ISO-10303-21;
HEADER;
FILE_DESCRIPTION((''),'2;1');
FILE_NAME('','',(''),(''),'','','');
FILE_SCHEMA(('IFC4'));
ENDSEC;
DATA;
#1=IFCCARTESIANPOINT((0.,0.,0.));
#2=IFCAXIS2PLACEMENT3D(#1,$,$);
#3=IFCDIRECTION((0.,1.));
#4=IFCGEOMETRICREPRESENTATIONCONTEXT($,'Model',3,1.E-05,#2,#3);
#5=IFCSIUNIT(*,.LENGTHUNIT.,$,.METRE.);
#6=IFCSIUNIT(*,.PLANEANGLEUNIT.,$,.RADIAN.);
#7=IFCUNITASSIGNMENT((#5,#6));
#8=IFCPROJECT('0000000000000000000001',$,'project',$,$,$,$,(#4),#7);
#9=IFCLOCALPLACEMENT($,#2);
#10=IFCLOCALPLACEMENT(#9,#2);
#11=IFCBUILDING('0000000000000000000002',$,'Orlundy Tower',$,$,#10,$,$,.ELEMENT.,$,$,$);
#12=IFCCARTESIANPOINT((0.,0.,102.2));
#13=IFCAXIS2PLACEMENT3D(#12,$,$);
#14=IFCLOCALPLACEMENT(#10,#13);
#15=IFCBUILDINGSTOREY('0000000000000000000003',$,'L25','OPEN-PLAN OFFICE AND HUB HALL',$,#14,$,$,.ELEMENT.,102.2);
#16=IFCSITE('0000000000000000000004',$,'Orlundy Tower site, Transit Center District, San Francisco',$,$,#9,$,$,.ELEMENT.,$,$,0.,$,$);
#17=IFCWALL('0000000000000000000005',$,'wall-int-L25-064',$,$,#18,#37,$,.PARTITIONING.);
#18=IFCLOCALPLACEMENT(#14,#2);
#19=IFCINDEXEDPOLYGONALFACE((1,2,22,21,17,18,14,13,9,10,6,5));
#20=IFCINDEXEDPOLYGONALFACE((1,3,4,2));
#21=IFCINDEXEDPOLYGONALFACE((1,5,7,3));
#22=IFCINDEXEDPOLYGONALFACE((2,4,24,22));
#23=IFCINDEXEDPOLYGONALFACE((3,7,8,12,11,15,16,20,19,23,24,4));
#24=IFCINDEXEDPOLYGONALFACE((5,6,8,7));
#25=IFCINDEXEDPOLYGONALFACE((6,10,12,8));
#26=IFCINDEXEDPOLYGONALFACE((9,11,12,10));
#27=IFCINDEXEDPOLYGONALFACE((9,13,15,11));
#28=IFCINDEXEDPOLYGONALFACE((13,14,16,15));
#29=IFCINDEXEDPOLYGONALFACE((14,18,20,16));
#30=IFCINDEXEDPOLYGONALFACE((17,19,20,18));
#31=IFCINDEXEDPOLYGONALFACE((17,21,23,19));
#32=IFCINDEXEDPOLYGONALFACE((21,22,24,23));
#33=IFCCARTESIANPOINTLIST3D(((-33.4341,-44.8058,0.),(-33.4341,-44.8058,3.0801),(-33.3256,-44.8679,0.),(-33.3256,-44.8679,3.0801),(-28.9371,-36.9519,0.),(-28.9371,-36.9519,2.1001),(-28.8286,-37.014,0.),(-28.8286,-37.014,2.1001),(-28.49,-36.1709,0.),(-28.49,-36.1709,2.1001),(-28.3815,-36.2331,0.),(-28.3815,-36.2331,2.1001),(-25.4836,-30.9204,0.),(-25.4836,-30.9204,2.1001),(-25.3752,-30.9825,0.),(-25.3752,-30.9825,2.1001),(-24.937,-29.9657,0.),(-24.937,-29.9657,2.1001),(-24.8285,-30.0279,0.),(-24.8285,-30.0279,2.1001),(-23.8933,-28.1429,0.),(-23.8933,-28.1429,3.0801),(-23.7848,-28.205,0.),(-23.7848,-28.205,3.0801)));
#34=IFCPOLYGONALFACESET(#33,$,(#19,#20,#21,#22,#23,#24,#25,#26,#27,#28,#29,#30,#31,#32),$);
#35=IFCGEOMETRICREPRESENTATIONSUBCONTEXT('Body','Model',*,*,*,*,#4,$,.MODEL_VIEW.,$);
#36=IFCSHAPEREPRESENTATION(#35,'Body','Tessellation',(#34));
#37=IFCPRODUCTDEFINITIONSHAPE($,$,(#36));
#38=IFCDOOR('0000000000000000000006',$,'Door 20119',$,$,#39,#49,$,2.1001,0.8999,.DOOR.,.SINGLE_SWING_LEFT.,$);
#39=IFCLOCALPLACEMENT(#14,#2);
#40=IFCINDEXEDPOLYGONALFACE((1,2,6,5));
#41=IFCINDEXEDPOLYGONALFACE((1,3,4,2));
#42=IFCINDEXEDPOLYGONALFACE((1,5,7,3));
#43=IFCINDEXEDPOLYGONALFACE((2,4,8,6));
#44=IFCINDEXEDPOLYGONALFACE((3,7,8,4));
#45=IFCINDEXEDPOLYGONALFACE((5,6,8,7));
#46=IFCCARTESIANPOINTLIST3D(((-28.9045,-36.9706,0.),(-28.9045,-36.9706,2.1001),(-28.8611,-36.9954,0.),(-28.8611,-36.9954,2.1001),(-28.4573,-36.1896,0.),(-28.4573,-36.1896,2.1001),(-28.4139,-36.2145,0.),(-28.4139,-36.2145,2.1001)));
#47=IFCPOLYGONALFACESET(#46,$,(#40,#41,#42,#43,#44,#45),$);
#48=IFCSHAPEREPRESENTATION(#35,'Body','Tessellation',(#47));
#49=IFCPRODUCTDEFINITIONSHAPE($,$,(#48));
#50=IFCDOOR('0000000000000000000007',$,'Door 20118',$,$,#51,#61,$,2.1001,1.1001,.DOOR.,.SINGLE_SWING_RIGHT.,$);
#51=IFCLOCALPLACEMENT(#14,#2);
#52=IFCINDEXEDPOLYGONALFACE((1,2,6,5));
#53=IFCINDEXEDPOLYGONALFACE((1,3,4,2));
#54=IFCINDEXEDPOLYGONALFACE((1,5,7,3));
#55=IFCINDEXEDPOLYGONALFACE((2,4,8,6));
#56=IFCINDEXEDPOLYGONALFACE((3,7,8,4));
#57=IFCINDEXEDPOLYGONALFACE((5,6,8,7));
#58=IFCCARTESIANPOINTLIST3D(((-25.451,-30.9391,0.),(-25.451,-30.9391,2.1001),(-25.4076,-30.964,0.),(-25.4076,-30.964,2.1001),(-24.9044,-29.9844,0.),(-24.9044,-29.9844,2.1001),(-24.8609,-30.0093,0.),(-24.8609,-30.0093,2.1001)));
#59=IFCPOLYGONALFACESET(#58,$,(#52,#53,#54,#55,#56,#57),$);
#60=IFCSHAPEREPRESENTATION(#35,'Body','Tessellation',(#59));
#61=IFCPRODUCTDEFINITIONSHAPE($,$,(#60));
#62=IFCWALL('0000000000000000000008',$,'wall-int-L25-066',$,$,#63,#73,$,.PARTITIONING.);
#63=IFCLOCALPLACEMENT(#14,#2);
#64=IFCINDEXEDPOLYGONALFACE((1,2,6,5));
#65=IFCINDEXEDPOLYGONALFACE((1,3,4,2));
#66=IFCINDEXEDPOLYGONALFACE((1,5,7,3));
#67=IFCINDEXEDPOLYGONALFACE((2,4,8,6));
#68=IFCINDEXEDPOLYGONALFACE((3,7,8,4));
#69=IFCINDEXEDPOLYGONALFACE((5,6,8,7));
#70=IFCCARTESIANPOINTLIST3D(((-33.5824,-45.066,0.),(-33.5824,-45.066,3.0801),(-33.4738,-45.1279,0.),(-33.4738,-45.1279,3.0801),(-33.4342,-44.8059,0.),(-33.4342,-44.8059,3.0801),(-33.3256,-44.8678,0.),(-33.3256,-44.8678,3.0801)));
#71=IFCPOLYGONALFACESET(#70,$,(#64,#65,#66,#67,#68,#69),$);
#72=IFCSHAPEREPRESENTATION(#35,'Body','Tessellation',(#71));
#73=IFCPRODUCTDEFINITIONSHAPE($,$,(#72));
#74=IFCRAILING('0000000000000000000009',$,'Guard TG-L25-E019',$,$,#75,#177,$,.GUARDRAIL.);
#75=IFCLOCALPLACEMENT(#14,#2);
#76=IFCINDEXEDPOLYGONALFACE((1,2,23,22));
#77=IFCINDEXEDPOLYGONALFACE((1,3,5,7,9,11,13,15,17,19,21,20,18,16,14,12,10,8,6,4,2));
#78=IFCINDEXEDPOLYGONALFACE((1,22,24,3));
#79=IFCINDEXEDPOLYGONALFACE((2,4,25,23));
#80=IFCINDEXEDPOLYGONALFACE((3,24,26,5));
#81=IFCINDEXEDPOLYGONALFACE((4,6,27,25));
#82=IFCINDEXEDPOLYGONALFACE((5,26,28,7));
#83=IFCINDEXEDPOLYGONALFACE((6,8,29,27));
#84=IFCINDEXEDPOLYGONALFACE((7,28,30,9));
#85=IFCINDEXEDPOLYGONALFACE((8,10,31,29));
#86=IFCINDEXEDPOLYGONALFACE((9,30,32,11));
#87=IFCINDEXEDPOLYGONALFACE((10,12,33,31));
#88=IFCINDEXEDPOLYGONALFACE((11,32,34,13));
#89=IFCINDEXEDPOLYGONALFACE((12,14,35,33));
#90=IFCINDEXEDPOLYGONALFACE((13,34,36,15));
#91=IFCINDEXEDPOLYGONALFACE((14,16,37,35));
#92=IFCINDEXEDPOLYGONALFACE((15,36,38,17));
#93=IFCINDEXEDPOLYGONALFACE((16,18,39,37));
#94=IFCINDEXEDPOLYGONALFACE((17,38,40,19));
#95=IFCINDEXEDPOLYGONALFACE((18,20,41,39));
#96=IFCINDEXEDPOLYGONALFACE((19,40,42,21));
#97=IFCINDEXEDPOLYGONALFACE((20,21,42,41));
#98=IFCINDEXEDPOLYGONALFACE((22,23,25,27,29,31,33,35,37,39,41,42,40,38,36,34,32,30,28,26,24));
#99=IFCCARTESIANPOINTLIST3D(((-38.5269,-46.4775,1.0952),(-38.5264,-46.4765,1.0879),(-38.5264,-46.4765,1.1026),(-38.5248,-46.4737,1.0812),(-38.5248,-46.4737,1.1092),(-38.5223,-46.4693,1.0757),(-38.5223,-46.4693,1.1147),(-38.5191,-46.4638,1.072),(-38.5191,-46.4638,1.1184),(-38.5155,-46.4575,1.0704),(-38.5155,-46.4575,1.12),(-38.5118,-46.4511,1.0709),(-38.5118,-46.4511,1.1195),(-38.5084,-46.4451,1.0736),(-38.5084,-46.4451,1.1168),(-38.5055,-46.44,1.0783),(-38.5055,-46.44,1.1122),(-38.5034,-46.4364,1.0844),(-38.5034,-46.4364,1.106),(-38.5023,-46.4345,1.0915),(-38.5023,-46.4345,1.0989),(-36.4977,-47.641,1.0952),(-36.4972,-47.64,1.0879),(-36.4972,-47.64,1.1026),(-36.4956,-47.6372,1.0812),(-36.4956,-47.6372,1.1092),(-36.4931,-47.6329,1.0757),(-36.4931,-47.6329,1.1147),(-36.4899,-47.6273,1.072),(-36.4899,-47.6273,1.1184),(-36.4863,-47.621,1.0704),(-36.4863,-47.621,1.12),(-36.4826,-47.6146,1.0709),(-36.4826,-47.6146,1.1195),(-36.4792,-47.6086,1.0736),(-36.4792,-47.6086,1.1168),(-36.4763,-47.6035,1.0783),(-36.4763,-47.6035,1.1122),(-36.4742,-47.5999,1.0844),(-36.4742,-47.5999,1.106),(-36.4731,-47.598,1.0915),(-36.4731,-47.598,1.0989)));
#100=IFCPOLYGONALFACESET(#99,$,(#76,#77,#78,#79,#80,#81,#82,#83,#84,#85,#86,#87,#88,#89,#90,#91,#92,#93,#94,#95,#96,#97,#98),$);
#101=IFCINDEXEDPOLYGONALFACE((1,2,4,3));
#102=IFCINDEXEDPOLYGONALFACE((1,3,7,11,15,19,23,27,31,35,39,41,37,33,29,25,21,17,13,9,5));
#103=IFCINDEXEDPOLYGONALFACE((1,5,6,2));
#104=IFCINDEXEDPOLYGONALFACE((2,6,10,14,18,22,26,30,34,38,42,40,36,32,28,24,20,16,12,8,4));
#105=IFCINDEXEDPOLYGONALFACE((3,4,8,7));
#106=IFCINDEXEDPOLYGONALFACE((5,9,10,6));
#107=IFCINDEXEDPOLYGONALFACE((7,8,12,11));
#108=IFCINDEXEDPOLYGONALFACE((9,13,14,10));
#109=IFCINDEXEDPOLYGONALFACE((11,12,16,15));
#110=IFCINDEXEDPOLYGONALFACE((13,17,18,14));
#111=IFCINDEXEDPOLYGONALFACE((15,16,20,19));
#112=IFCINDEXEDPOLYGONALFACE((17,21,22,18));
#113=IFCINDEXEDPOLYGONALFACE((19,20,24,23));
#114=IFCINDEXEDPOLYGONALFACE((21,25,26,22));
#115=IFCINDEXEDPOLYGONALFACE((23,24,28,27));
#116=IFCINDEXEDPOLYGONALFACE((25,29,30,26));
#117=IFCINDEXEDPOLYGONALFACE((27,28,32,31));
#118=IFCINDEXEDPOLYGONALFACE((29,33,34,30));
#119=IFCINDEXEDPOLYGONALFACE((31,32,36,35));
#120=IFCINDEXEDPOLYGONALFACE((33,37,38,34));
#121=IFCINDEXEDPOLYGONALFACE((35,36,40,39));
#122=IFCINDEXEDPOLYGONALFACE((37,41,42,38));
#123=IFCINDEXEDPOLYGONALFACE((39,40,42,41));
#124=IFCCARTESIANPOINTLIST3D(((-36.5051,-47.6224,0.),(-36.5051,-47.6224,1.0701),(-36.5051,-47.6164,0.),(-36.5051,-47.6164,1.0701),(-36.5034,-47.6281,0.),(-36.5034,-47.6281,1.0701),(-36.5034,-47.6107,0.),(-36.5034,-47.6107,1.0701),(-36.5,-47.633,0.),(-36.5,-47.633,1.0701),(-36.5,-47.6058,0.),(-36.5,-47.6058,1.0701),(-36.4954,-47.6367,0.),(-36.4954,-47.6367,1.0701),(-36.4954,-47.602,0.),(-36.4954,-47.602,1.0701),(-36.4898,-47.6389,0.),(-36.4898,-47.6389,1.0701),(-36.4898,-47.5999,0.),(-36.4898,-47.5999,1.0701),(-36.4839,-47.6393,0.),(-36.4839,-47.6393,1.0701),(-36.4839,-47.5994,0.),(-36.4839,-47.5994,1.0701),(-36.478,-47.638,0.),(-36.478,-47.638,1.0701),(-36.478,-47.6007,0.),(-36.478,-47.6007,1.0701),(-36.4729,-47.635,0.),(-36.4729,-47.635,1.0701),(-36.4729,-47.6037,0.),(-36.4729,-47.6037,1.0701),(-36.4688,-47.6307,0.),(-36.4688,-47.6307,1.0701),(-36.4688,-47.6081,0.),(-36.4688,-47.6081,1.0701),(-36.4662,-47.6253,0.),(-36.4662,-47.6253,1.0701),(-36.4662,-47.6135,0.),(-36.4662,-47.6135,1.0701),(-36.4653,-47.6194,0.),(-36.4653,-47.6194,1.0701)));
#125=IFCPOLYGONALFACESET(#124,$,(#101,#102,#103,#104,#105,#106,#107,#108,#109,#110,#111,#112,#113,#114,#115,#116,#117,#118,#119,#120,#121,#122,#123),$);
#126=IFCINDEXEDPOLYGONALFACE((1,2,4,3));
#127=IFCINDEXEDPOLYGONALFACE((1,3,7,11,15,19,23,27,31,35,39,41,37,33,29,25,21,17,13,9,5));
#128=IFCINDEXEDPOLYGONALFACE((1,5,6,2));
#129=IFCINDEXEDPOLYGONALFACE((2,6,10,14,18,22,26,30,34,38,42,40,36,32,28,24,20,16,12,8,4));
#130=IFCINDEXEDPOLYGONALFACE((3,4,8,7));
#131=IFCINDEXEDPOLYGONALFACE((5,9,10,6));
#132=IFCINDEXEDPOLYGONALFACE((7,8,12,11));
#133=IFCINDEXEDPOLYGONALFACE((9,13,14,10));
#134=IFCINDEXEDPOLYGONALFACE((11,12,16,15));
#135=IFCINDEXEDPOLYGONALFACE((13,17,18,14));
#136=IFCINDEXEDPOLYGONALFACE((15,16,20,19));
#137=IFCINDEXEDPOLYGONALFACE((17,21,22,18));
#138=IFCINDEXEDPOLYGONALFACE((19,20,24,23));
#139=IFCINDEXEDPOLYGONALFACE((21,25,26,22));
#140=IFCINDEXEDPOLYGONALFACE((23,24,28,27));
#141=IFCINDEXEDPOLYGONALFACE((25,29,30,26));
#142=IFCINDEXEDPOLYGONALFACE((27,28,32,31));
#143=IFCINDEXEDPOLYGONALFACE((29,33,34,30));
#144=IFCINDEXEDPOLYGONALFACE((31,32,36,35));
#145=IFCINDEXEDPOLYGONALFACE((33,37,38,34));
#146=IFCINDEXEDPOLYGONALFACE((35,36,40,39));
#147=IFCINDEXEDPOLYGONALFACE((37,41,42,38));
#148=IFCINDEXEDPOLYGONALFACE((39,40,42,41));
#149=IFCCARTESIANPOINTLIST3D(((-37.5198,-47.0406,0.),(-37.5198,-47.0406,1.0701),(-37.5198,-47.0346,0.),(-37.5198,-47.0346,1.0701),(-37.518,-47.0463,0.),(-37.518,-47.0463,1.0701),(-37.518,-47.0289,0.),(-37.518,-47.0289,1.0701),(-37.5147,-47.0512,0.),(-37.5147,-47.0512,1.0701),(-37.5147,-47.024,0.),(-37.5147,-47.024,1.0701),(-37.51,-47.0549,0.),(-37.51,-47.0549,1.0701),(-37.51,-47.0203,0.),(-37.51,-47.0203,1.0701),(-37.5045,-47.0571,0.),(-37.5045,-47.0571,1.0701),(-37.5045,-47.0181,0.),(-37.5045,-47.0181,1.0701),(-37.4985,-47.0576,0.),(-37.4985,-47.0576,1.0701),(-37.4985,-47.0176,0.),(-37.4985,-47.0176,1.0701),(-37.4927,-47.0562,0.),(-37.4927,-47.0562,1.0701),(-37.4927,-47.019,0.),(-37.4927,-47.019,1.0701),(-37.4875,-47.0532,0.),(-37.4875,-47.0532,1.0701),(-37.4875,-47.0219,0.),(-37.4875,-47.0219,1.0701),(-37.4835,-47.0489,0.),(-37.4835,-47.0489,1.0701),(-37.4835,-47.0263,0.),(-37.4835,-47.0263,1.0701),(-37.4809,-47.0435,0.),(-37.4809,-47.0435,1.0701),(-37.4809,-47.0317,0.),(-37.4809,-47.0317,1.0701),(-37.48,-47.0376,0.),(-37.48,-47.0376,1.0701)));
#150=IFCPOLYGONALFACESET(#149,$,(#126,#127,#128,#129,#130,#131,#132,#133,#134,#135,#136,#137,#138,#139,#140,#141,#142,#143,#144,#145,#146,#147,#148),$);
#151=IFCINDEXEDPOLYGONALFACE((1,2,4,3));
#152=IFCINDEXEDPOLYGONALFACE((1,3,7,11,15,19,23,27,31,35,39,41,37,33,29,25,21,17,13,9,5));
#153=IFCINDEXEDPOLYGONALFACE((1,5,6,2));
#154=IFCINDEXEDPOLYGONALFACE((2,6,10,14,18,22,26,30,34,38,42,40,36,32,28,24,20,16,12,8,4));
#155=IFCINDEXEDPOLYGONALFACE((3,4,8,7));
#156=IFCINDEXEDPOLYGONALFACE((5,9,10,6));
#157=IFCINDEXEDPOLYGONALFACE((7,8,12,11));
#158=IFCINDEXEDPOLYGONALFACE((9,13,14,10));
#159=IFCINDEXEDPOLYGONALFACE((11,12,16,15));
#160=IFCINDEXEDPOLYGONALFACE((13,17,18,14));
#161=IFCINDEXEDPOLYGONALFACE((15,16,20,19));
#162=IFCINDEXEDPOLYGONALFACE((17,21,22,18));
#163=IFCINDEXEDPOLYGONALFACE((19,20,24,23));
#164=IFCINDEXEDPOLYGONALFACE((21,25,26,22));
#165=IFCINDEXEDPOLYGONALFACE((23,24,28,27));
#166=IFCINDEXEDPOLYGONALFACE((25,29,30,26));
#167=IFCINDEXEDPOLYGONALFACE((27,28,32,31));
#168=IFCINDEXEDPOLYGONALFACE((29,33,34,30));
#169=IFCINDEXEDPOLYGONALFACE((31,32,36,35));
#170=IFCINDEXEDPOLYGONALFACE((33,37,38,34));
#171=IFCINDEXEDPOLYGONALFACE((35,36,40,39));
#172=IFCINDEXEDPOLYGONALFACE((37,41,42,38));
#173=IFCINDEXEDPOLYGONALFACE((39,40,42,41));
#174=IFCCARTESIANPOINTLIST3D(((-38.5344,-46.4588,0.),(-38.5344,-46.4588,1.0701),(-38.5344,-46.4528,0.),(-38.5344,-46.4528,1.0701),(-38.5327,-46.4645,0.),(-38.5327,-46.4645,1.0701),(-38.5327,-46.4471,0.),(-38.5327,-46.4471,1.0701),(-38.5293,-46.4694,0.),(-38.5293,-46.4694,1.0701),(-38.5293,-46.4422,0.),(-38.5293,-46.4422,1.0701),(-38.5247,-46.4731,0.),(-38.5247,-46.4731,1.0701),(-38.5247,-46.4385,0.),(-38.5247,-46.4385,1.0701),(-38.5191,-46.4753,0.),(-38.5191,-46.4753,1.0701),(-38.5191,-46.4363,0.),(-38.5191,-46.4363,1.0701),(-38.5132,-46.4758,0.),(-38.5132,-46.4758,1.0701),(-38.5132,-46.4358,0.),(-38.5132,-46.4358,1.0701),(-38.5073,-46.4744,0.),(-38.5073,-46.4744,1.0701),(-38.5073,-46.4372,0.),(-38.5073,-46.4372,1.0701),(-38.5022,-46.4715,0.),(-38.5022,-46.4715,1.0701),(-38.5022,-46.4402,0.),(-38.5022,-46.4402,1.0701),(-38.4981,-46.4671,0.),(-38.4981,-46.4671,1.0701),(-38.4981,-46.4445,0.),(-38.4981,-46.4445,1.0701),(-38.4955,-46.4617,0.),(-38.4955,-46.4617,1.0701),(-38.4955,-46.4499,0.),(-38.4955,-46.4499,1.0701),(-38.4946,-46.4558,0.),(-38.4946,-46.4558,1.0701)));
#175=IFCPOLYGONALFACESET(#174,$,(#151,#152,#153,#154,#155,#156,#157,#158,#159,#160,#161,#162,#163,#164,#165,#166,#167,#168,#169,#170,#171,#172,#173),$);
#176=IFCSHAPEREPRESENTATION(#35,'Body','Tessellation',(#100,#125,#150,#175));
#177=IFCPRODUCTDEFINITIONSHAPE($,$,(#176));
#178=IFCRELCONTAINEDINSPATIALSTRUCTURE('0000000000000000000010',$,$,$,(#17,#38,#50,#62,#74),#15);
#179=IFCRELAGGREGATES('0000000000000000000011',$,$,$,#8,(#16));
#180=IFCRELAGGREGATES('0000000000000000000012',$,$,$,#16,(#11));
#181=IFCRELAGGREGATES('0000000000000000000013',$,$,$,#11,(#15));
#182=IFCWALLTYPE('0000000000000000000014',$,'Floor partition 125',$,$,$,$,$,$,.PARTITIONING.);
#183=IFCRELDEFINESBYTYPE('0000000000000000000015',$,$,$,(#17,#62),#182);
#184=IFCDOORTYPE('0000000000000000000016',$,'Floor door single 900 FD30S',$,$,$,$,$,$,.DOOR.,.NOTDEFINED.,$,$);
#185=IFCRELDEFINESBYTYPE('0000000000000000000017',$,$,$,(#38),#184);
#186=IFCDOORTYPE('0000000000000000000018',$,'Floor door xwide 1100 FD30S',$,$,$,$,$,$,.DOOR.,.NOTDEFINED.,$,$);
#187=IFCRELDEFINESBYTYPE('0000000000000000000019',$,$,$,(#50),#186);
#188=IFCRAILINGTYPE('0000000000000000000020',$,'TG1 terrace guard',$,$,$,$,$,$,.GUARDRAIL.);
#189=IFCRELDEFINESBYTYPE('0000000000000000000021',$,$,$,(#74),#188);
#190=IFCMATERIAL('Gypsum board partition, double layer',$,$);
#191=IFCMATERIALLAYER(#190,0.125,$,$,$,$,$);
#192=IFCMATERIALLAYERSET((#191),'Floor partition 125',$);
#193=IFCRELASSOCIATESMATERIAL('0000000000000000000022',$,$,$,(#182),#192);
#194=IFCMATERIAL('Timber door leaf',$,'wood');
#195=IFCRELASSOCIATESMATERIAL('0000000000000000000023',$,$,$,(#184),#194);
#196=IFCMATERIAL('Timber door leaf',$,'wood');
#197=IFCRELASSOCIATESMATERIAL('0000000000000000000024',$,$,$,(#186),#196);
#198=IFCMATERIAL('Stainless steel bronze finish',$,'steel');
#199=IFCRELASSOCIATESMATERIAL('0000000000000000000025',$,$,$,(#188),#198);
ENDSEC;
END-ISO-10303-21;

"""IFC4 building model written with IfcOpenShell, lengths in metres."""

from ifc_helpers import new_model, si_unit, direction, frame, frame_2d, origin, origin_2d, place, context, subcontext, project, spatial, rectangle, circle, extrude, material, layer, layer_set, type_object, element, fill, save


model = new_model("IFC4")

# Units and contexts
model_context = context("Model", 3, precision=1e-05, world=origin(), true_north=direction((0.0, 1.0)))
body_context = subcontext(model_context, "Body", "Model", "MODEL_VIEW")
ifc_project = project(units=[si_unit("LENGTHUNIT", "METRE"), si_unit("PLANEANGLEUNIT", "RADIAN")], contexts=[model_context])

# Site, building, storey
site_placement = place(None, origin())
site = spatial("IfcSite", under=ifc_project, at=site_placement, Name="Orlundy Tower site, Transit Center District, San Francisco", CompositionType="ELEMENT", RefElevation=0.0)
building_placement = place(site_placement, origin())
building = spatial("IfcBuilding", under=site, at=building_placement, Name="Orlundy Tower", CompositionType="ELEMENT")
storey_placement = place(building_placement, frame((0.0, 0.0, 102.2)))
storey = spatial("IfcBuildingStorey", under=building, at=storey_placement, Name="L25", Description="OPEN-PLAN OFFICE AND HUB HALL", CompositionType="ELEMENT", Elevation=102.2)

# Wall, openings, doors
ifc_material_1 = material(Name="Gypsum board partition, double layer")
ifc_layer_1 = layer(ifc_material_1, 0.125)
ifc_layer_set_1 = layer_set([ifc_layer_1], Name="Floor partition 125")
wall_type = type_object("IfcWallType", Name="Floor partition 125", PredefinedType="PARTITIONING", material=ifc_layer_set_1)
wall_1_placement = place(storey_placement, frame((-33.3799, -44.8369, 0.0), z_axis=(0.0, 0.0, 1.0), x_axis=(0.496891, 0.867813, 0.0)))
wall_1 = element("IfcWall", 1, at=wall_1_placement, inside=storey, type_object=wall_type, Name="wall-int-L25-064", PredefinedType="PARTITIONING", context=body_context, shape_type="SweptSolid", body=[
    extrude(rectangle(XDim=19.2009, YDim=0.125, at=frame_2d((9.6006, 0.0))), origin(), (0.0, 0.0, 1.0), 3.0801),
])
opening_1_placement = place(wall_1_placement, frame((16.0005, 0.0, 0.0)))
opening_1 = element("IfcOpeningElement", 2, at=opening_1_placement, cuts=wall_1, PredefinedType="OPENING", context=body_context, shape_type="SweptSolid", body=[
    extrude(rectangle(XDim=1.1001, YDim=2.1001, at=frame_2d((0.55, 1.05))), frame((0.0, 0.0725, 0.0), z_axis=(0.0, -1.0, 0.0), x_axis=(1.0, 0.0, 0.0)), (0.0, 0.0, 1.0), 0.145),
])
opening_2_placement = place(wall_1_placement, frame((9.0503, 0.0, 0.0)))
opening_2 = element("IfcOpeningElement", 3, at=opening_2_placement, cuts=wall_1, PredefinedType="OPENING", context=body_context, shape_type="SweptSolid", body=[
    extrude(rectangle(XDim=0.8999, YDim=2.1001, at=frame_2d((0.45, 1.05))), frame((0.0, 0.0725, 0.0), z_axis=(0.0, -1.0, 0.0), x_axis=(1.0, 0.0, 0.0)), (0.0, 0.0, 1.0), 0.145),
])
ifc_material_2 = material(Name="Timber door leaf", Category="wood")
door_type_1 = type_object("IfcDoorType", Name="Floor door single 900 FD30S", OperationType="NOTDEFINED", PredefinedType="DOOR", material=ifc_material_2)
door_1_placement = place(opening_2_placement, origin())
door_1 = element("IfcDoor", 4, at=door_1_placement, inside=storey, type_object=door_type_1, Name="Door 20119", OperationType="SINGLE_SWING_LEFT", OverallHeight=2.1001, OverallWidth=0.8999, PredefinedType="DOOR", context=body_context, shape_type="SweptSolid", body=[
    extrude(rectangle(XDim=0.8999, YDim=2.1001, at=frame_2d((0.45, 1.05))), frame((0.0, 0.0249, 0.0), z_axis=(0.0, -1.0, 0.0), x_axis=(1.0, 0.0, 0.0)), (0.0, 0.0, 1.0), 0.05),
])
fill(opening_2, door_1)
ifc_material_3 = material(Name="Timber door leaf", Category="wood")
door_type_2 = type_object("IfcDoorType", Name="Floor door xwide 1100 FD30S", OperationType="NOTDEFINED", PredefinedType="DOOR", material=ifc_material_3)
door_2_placement = place(opening_1_placement, origin())
door_2 = element("IfcDoor", 5, at=door_2_placement, inside=storey, type_object=door_type_2, Name="Door 20118", OperationType="SINGLE_SWING_RIGHT", OverallHeight=2.1001, OverallWidth=1.1001, PredefinedType="DOOR", context=body_context, shape_type="SweptSolid", body=[
    extrude(rectangle(XDim=1.1001, YDim=2.1001, at=frame_2d((0.55, 1.05))), frame((0.0, 0.0249, 0.0), z_axis=(0.0, -1.0, 0.0), x_axis=(1.0, 0.0, 0.0)), (0.0, 0.0, 1.0), 0.05),
])
fill(opening_1, door_2)

# Wall
wall_2_placement = place(storey_placement, frame((-33.5281, -45.0969, 0.0), z_axis=(0.0, 0.0, 1.0), x_axis=(0.495172, 0.868795, 0.0)))
element("IfcWall", 6, at=wall_2_placement, inside=storey, type_object=wall_type, Name="wall-int-L25-066", PredefinedType="PARTITIONING", context=body_context, shape_type="SweptSolid", body=[
    extrude(rectangle(XDim=0.2993, YDim=0.125, at=frame_2d((0.1497, 0.0))), origin(), (0.0, 0.0, 1.0), 3.0801),
])

# Railing
ifc_material_4 = material(Name="Stainless steel bronze finish", Category="steel")
railing_type = type_object("IfcRailingType", Name="TG1 terrace guard", PredefinedType="GUARDRAIL", material=ifc_material_4)
railing_1_placement = place(storey_placement, frame((-36.4854, -47.6194, 0.0)))
element("IfcRailing", 7, at=railing_1_placement, inside=storey, type_object=railing_type, Name="Guard TG-L25-E019", PredefinedType="GUARDRAIL", context=body_context, shape_type="SweptSolid", body=[
    extrude(circle(Radius=0.0249, at=origin_2d()), frame((0.0, 0.0, 1.0952), z_axis=(-0.86751, 0.49742, 0.0), x_axis=(-0.49742, -0.86751, 0.0)), (0.0, 0.0, 1.0), 2.3391),
    extrude(circle(Radius=0.02, at=origin_2d()), origin(), (0.0, 0.0, 1.0), 1.0701),
    extrude(circle(Radius=0.02, at=origin_2d()), frame((-1.0146, 0.5818, 0.0)), (0.0, 0.0, 1.0), 1.0701),
    extrude(circle(Radius=0.02, at=origin_2d()), frame((-2.0293, 1.1636, 0.0)), (0.0, 0.0, 1.0), 1.0701),
])

save(model, "model.ifc")
